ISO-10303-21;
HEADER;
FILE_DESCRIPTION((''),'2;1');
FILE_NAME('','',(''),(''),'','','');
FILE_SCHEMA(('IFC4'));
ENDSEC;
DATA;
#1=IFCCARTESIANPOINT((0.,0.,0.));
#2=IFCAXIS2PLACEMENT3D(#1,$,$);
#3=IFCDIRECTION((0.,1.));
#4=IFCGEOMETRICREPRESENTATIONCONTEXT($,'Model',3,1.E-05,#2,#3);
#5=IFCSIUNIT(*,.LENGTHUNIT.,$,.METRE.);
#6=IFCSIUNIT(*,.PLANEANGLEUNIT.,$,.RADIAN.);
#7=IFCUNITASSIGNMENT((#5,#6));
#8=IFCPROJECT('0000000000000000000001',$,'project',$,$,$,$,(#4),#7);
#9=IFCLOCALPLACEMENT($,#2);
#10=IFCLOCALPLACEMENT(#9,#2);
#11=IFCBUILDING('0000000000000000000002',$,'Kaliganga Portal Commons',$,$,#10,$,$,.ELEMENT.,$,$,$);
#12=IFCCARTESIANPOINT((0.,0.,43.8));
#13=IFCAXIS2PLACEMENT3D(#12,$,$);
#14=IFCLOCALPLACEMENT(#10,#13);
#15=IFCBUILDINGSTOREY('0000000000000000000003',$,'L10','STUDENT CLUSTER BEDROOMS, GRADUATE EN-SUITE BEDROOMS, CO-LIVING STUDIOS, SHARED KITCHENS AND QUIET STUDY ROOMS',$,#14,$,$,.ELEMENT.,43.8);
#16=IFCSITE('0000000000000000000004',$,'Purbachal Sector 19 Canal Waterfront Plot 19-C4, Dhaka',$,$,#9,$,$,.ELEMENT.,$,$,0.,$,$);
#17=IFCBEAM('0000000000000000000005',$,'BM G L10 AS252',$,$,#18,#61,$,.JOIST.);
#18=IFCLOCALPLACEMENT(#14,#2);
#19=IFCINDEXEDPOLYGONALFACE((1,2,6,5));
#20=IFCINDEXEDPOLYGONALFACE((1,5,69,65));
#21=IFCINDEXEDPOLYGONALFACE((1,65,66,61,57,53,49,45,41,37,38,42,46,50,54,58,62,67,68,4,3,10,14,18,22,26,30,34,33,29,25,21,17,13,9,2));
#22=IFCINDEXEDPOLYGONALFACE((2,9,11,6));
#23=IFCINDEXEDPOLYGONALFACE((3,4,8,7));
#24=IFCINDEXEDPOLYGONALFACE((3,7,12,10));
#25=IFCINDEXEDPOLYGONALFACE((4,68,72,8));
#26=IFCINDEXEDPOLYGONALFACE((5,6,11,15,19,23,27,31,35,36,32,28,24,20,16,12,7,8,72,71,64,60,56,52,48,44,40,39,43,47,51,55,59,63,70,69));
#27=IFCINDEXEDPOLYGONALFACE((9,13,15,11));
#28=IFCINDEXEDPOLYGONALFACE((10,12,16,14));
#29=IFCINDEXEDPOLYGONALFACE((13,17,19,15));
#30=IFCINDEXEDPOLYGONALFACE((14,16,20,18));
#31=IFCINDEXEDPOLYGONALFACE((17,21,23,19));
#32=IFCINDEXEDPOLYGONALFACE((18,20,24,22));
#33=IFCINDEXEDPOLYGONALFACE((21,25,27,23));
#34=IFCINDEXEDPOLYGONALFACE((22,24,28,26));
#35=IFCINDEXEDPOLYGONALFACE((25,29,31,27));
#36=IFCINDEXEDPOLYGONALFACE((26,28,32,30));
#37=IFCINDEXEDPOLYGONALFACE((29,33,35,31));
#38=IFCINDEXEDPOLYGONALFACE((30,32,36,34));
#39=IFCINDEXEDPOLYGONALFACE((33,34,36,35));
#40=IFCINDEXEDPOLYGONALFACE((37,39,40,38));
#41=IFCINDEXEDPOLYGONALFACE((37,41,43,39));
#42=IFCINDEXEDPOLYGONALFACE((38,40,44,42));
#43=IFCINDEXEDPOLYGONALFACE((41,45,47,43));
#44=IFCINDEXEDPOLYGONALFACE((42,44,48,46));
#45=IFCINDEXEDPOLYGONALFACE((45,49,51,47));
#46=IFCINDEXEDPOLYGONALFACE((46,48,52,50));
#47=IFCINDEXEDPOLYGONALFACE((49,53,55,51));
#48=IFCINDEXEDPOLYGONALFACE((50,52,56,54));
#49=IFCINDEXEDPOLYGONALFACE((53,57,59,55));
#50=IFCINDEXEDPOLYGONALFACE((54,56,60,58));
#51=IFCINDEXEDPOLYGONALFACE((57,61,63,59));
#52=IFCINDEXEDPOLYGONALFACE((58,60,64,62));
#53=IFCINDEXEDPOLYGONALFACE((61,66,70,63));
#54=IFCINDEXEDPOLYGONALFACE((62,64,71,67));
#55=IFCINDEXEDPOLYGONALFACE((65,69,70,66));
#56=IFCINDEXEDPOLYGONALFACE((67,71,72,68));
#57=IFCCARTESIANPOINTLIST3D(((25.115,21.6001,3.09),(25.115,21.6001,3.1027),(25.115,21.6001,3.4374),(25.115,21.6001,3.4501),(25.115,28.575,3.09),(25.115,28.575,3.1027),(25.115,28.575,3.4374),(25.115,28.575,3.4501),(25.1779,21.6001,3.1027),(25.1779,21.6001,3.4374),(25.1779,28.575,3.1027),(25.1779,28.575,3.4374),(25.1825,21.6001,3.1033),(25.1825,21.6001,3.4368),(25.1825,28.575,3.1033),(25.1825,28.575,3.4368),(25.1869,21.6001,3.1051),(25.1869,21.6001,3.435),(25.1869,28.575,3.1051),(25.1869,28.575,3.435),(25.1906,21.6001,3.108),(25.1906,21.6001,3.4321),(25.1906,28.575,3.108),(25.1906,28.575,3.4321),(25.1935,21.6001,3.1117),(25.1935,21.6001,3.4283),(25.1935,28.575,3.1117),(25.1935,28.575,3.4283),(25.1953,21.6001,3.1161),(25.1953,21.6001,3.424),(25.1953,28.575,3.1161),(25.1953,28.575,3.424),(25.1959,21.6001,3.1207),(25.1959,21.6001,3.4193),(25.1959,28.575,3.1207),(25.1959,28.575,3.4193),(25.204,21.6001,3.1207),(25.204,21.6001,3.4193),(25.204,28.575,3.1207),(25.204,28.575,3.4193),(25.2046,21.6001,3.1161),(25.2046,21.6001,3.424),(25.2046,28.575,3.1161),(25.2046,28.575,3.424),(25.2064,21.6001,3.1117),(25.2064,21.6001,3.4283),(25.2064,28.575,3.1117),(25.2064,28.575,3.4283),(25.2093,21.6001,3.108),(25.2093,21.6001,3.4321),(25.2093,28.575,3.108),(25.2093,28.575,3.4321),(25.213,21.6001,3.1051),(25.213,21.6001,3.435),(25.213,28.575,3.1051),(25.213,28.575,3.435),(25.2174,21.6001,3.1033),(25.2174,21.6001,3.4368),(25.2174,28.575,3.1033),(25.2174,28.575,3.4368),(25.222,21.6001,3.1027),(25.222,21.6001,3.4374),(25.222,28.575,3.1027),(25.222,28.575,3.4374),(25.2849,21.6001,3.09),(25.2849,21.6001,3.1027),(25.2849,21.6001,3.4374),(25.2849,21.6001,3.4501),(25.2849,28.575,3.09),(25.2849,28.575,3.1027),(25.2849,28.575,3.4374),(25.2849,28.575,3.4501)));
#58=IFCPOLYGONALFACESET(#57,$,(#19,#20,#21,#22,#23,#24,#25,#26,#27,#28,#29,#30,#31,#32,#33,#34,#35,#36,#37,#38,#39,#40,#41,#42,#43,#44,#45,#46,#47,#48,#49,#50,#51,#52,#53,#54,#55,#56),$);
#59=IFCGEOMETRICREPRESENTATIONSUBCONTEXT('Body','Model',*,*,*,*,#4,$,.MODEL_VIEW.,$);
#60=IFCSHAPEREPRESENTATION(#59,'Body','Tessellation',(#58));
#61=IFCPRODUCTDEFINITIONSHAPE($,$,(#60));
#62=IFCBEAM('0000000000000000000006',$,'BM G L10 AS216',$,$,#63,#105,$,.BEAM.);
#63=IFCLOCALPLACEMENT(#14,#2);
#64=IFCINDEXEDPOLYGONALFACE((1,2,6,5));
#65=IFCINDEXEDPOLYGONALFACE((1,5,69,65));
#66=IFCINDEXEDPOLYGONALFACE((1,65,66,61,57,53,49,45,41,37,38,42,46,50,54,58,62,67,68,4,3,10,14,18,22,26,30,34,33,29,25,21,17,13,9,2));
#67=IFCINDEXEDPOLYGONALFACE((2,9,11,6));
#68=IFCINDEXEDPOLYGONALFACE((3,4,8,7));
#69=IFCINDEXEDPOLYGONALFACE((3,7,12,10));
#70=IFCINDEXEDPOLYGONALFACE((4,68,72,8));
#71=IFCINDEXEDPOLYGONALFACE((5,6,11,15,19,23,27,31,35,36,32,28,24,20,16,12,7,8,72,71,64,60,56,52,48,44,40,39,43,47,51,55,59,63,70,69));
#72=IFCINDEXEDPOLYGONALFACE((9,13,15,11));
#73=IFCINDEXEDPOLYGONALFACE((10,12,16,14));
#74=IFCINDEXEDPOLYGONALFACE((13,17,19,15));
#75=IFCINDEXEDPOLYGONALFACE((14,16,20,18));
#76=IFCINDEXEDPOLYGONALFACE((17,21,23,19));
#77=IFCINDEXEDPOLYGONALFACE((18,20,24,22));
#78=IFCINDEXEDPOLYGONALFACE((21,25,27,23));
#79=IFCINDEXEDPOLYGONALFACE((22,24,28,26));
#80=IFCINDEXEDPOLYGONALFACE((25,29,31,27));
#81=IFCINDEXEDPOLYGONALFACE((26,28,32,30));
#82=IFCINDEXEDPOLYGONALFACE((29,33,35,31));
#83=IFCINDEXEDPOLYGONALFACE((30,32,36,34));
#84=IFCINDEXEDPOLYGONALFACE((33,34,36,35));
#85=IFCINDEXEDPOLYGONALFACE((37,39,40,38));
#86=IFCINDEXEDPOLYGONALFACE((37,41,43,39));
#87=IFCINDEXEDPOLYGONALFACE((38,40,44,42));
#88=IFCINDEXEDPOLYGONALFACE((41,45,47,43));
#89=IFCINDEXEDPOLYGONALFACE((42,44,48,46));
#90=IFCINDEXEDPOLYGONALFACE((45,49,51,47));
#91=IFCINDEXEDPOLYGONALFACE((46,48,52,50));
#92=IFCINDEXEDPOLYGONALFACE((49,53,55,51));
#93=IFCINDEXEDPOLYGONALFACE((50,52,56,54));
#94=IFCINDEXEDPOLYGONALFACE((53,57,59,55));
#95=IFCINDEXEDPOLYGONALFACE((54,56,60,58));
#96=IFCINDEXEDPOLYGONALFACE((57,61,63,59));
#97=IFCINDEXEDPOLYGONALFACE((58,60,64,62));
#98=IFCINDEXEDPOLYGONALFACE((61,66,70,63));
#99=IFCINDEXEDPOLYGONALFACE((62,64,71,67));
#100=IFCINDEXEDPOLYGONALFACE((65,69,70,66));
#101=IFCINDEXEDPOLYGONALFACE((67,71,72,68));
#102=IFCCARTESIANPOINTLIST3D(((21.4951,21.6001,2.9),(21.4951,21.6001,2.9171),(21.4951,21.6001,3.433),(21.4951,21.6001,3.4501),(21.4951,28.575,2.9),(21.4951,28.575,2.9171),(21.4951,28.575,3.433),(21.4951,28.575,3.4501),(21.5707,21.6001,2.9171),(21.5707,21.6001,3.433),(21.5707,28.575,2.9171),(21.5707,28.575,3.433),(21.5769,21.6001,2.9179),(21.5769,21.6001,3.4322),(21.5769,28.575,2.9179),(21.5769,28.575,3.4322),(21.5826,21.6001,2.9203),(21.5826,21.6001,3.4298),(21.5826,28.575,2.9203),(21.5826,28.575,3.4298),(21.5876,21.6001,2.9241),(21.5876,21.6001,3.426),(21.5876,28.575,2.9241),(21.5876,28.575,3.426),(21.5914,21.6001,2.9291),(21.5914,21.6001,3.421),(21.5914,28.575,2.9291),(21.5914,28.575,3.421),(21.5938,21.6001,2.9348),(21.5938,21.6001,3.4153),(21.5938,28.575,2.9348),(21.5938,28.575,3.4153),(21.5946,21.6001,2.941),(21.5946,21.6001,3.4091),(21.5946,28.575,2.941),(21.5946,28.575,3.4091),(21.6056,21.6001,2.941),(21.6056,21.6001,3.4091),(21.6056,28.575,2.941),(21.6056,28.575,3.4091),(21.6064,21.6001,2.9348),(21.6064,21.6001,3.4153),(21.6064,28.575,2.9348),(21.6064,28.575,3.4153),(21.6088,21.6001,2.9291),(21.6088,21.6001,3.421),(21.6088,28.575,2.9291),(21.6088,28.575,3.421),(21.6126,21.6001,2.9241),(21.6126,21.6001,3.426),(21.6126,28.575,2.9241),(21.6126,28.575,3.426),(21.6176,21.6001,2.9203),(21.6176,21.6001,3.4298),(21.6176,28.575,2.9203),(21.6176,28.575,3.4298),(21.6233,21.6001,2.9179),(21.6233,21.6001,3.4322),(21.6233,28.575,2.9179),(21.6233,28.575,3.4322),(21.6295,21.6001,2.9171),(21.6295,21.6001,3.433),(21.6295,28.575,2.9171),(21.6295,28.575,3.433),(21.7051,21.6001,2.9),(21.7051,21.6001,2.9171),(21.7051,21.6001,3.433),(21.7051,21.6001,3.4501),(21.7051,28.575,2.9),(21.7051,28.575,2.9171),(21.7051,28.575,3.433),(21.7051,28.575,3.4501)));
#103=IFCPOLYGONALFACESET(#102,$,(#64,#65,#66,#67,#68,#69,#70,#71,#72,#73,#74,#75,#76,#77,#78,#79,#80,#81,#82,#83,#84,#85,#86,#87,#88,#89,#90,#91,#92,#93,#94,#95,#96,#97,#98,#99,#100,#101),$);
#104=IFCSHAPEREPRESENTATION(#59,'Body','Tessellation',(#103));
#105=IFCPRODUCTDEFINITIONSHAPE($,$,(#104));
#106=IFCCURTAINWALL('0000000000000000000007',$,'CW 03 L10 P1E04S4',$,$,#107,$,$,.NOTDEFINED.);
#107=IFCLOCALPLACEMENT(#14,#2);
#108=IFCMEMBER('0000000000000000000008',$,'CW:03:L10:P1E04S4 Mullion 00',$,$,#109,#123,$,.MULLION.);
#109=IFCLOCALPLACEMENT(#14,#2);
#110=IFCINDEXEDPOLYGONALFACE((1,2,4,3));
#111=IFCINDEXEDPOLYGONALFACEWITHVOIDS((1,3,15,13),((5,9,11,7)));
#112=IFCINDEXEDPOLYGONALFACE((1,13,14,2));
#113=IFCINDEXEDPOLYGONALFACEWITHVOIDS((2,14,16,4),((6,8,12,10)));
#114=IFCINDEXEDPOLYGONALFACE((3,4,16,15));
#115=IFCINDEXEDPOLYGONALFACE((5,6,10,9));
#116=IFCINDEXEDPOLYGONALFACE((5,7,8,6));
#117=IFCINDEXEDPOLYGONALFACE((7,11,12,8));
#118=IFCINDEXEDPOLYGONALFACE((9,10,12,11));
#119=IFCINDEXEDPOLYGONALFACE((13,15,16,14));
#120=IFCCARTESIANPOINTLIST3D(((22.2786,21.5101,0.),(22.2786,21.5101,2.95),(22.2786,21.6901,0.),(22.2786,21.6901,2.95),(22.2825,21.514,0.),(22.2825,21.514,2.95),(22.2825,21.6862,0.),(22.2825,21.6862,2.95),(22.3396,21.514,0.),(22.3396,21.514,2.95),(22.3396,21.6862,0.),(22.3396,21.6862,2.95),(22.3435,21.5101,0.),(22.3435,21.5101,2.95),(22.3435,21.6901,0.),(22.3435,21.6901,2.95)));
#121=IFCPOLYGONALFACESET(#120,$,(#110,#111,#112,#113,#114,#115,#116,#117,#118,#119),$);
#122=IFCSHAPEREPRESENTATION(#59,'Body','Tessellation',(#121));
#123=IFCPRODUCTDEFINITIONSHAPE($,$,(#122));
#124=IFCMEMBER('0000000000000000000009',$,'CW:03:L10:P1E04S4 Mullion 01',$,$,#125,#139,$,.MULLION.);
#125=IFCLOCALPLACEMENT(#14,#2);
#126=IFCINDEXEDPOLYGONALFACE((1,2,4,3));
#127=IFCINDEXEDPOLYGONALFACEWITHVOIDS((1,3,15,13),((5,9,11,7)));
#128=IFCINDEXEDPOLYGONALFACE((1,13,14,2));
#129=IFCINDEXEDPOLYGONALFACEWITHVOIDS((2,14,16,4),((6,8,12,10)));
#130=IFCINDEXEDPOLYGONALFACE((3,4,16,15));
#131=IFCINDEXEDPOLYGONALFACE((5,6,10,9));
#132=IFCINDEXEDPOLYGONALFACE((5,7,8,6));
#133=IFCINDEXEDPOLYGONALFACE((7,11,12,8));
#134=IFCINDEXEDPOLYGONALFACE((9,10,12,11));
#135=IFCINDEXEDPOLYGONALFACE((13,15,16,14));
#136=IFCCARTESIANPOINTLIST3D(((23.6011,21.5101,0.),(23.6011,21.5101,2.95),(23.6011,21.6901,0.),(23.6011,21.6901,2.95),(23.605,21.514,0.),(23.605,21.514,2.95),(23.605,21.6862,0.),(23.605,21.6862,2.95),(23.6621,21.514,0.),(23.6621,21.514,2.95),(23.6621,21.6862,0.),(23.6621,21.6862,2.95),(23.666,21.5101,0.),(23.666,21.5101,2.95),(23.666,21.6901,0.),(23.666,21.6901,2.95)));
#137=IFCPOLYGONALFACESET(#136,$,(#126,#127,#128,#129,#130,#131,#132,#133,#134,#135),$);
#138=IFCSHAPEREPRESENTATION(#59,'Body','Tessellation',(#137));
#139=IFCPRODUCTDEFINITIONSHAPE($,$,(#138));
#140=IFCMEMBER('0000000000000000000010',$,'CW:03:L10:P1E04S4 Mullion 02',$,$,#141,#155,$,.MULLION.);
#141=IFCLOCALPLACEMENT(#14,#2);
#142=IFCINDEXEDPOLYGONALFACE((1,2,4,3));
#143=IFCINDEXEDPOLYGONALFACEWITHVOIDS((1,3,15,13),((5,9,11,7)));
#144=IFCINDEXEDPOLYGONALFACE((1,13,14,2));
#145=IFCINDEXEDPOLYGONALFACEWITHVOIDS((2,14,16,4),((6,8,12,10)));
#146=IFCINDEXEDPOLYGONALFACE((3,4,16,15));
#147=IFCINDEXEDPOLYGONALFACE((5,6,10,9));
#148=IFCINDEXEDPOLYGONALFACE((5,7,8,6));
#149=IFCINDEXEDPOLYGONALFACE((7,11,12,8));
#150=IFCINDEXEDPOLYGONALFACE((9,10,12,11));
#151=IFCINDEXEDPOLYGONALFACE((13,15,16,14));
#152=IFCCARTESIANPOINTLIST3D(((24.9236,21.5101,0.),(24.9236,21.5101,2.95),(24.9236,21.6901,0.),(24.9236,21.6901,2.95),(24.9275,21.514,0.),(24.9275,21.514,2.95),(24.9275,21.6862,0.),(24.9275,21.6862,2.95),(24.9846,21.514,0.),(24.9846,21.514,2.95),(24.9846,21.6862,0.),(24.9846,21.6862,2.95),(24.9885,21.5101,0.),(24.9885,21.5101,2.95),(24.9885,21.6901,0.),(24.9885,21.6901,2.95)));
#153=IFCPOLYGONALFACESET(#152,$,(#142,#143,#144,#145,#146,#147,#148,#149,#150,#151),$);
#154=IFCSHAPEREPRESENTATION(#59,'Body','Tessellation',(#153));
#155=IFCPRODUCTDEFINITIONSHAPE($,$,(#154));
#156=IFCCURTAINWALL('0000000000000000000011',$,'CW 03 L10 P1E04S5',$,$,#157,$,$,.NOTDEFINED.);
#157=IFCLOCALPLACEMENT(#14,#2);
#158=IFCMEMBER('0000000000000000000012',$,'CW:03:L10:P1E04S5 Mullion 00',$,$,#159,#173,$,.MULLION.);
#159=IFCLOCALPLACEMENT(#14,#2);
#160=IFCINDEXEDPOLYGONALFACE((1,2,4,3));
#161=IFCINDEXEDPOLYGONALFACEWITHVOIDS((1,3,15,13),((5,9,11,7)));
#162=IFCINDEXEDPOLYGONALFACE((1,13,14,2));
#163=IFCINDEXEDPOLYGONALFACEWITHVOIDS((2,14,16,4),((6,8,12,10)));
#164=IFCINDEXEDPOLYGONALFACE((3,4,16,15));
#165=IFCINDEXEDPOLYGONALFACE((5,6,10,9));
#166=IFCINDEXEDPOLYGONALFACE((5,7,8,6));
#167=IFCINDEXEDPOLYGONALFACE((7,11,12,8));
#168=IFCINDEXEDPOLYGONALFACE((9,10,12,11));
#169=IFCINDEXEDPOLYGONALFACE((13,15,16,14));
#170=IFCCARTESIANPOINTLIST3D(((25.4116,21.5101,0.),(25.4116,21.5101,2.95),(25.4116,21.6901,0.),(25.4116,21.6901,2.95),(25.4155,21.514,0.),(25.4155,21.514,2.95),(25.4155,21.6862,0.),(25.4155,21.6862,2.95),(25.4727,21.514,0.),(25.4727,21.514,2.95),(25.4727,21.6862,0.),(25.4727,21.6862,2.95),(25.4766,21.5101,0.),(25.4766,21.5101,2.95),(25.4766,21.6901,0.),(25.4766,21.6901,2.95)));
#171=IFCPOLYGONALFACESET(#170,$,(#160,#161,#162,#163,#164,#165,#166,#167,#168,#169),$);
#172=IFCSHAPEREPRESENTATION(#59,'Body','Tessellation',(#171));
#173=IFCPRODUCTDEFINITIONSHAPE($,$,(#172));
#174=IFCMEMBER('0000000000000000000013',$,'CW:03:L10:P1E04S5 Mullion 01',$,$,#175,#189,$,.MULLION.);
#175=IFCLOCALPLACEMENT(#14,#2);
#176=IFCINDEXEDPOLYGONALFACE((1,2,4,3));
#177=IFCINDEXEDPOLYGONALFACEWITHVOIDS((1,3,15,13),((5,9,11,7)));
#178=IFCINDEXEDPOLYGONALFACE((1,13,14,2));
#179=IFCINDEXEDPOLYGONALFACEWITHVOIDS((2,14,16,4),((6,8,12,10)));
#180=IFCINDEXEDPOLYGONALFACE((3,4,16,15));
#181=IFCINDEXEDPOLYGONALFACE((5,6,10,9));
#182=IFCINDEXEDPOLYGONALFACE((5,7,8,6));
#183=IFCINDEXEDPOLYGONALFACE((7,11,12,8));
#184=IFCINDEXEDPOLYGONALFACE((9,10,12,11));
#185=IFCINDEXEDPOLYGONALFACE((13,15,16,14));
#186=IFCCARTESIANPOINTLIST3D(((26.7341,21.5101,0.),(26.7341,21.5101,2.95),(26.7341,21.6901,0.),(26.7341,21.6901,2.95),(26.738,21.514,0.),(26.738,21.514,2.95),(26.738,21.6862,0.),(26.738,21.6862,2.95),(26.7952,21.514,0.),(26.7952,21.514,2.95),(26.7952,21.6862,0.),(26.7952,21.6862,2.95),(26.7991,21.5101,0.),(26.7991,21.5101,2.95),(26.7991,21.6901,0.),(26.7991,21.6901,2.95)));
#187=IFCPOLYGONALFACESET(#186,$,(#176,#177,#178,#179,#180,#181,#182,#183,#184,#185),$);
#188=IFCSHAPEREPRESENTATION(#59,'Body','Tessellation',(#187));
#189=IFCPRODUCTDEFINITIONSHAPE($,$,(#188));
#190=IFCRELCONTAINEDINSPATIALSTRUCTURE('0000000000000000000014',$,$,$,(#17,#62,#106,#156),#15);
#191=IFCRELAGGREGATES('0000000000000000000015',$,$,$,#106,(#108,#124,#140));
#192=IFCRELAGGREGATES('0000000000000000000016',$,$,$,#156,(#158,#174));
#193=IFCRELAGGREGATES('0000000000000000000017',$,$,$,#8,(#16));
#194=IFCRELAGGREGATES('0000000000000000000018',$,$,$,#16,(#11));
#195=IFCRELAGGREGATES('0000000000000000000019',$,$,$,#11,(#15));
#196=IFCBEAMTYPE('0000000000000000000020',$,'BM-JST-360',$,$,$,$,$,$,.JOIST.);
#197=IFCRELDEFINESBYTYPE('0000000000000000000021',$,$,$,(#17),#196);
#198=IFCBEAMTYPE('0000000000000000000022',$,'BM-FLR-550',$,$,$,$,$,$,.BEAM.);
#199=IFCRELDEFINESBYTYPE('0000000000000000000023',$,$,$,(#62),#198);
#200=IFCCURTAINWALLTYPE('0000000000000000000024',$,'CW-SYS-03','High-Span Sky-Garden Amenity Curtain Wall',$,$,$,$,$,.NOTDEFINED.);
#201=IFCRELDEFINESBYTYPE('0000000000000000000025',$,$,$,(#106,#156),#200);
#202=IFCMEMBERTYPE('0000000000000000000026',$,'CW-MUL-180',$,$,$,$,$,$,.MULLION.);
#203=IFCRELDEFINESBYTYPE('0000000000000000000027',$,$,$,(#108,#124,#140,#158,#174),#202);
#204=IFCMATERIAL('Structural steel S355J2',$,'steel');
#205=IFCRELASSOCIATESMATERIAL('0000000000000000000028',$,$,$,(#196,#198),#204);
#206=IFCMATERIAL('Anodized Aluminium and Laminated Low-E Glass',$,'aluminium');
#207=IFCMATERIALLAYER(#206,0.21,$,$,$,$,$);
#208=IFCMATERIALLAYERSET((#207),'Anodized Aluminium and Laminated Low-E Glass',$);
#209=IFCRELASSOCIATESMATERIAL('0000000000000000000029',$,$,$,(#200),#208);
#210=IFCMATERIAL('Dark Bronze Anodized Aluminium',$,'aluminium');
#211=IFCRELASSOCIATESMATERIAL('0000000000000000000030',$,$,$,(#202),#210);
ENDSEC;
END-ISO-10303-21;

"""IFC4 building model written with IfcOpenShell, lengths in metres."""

from ifc_helpers import new_model, si_unit, direction, frame, origin, origin_2d, place, context, subcontext, project, spatial, hollow_rectangle, i_section, extrude, source, transform, mapped, material, layer, layer_set, material_profile, profile_set, type_object, element, aggregate, save


model = new_model("IFC4")

# Units and contexts
model_context = context("Model", 3, precision=1e-05, world=origin(), true_north=direction((0.0, 1.0)))
body_context = subcontext(model_context, "Body", "Model", "MODEL_VIEW")
ifc_project = project(units=[si_unit("LENGTHUNIT", "METRE"), si_unit("PLANEANGLEUNIT", "RADIAN")], contexts=[model_context])

# Site, building, storey
site_placement = place(None, origin())
site = spatial("IfcSite", under=ifc_project, at=site_placement, Name="Purbachal Sector 19 Canal Waterfront Plot 19-C4, Dhaka", CompositionType="ELEMENT", RefElevation=0.0)
building_placement = place(site_placement, origin())
building = spatial("IfcBuilding", under=site, at=building_placement, Name="Kaliganga Portal Commons", CompositionType="ELEMENT")
storey_placement = place(building_placement, frame((0.0, 0.0, 43.8)))
storey = spatial("IfcBuildingStorey", under=building, at=storey_placement, Name="L10", Description="STUDENT CLUSTER BEDROOMS, GRADUATE EN-SUITE BEDROOMS, CO-LIVING STUDIOS, SHARED KITCHENS AND QUIET STUDY ROOMS", CompositionType="ELEMENT", Elevation=43.8)

# Beams
ifc_material_1 = material(Name="Structural steel S355J2", Category="steel")
ifc_material_profile_1 = material_profile(ifc_material_1, i_section(OverallWidth=0.1699, OverallDepth=0.3601, WebThickness=0.0081, FlangeThickness=0.0127, FilletRadius=0.0181, at=origin_2d()), Name="IPE 360")
ifc_profile_set_1 = profile_set([ifc_material_profile_1], Name="Structural steel S355J2 wide-flange")
beam_type_1 = type_object("IfcBeamType", Name="BM-JST-360", PredefinedType="JOIST", material=ifc_profile_set_1)
shared_shape_1 = source(origin(), body_context, "Body", "SweptSolid", [
    extrude(i_section(OverallWidth=0.1699, OverallDepth=0.3601, WebThickness=0.0081, FlangeThickness=0.0127, FilletRadius=0.0181, at=origin_2d()), origin(), (0.0, 0.0, 1.0), 6.9749),
])
beam_1_placement = place(storey_placement, frame((25.2, 21.6001, 3.27), z_axis=(0.0, 1.0, 0.0), x_axis=(-1.0, 0.0, 0.0)))
element("IfcBeam", 1, at=beam_1_placement, inside=storey, type_object=beam_type_1, Name="BM G L10 AS252", PredefinedType="JOIST", context=body_context, shape_type="MappedRepresentation", body=[
    mapped(shared_shape_1, transform((0.0, 0.0, 0.0), x_axis=(1.0, 0.0, 0.0), y_axis=(0.0, 1.0, 0.0), z_axis=(0.0, 0.0, 1.0), scale=1.0)),
])
ifc_material_profile_2 = material_profile(ifc_material_1, i_section(OverallWidth=0.21, OverallDepth=0.55, WebThickness=0.011, FlangeThickness=0.0171, FilletRadius=0.0239, at=origin_2d()), Name="IPE 550")
ifc_profile_set_2 = profile_set([ifc_material_profile_2], Name="Structural steel S355J2 wide-flange")
beam_type_2 = type_object("IfcBeamType", Name="BM-FLR-550", PredefinedType="BEAM", material=ifc_profile_set_2)
shared_shape_2 = source(origin(), body_context, "Body", "SweptSolid", [
    extrude(i_section(OverallWidth=0.21, OverallDepth=0.55, WebThickness=0.011, FlangeThickness=0.0171, FilletRadius=0.0239, at=origin_2d()), origin(), (0.0, 0.0, 1.0), 6.9749),
])
beam_2_placement = place(storey_placement, frame((21.6001, 21.6001, 3.175), z_axis=(0.0, 1.0, 0.0), x_axis=(-1.0, 0.0, 0.0)))
element("IfcBeam", 2, at=beam_2_placement, inside=storey, type_object=beam_type_2, Name="BM G L10 AS216", PredefinedType="BEAM", context=body_context, shape_type="MappedRepresentation", body=[
    mapped(shared_shape_2, transform((0.0, 0.0, 0.0), x_axis=(1.0, 0.0, 0.0), y_axis=(0.0, 1.0, 0.0), z_axis=(0.0, 0.0, 1.0), scale=1.0)),
])

# Curtain walls, members
ifc_material_2 = material(Name="Anodized Aluminium and Laminated Low-E Glass", Category="aluminium")
ifc_layer_1 = layer(ifc_material_2, 0.21)
ifc_layer_set_1 = layer_set([ifc_layer_1], Name="Anodized Aluminium and Laminated Low-E Glass")
curtain_wall_type = type_object("IfcCurtainWallType", Name="CW-SYS-03", Description="High-Span Sky-Garden Amenity Curtain Wall", PredefinedType="NOTDEFINED", material=ifc_layer_set_1)
curtain_wall_1_placement = place(storey_placement, origin())
curtain_wall_1 = element("IfcCurtainWall", 3, at=curtain_wall_1_placement, inside=storey, type_object=curtain_wall_type, Name="CW 03 L10 P1E04S4", PredefinedType="NOTDEFINED")
ifc_material_3 = material(Name="Dark Bronze Anodized Aluminium", Category="aluminium")
ifc_material_profile_3 = material_profile(ifc_material_3, hollow_rectangle(XDim=0.0649, YDim=0.1799, WallThickness=0.0039, at=origin_2d()), Name="ALU MULL 65x180x4")
ifc_profile_set_3 = profile_set([ifc_material_profile_3], Name="Dark Bronze Anodized Aluminium")
member_type_1 = type_object("IfcMemberType", Name="CW-MUL-180", PredefinedType="MULLION", material=ifc_profile_set_3)
shared_shape_3 = source(origin(), body_context, "Body", "SweptSolid", [
    extrude(hollow_rectangle(XDim=0.0649, YDim=0.1799, WallThickness=0.0039, at=origin_2d()), origin(), (0.0, 0.0, 1.0), 2.95),
])
member_1_placement = place(storey_placement, frame((22.311, 21.6001, 0.0), z_axis=(0.0, 0.0, 1.0), x_axis=(1.0, 0.0, 0.0)))
member_1 = element("IfcMember", 4, at=member_1_placement, type_object=member_type_1, Name="CW:03:L10:P1E04S4 Mullion 00", PredefinedType="MULLION", context=body_context, shape_type="MappedRepresentation", body=[
    mapped(shared_shape_3, transform((0.0, 0.0, 0.0), x_axis=(1.0, 0.0, 0.0), y_axis=(0.0, 1.0, 0.0), z_axis=(0.0, 0.0, 1.0), scale=1.0)),
])
member_2_placement = place(storey_placement, frame((23.6335, 21.6001, 0.0), z_axis=(0.0, 0.0, 1.0), x_axis=(1.0, 0.0, 0.0)))
member_2 = element("IfcMember", 5, at=member_2_placement, type_object=member_type_1, Name="CW:03:L10:P1E04S4 Mullion 01", PredefinedType="MULLION", context=body_context, shape_type="MappedRepresentation", body=[
    mapped(shared_shape_3, transform((0.0, 0.0, 0.0), x_axis=(1.0, 0.0, 0.0), y_axis=(0.0, 1.0, 0.0), z_axis=(0.0, 0.0, 1.0), scale=1.0)),
])
member_3_placement = place(storey_placement, frame((24.9561, 21.6001, 0.0), z_axis=(0.0, 0.0, 1.0), x_axis=(1.0, 0.0, 0.0)))
member_3 = element("IfcMember", 6, at=member_3_placement, type_object=member_type_1, Name="CW:03:L10:P1E04S4 Mullion 02", PredefinedType="MULLION", context=body_context, shape_type="MappedRepresentation", body=[
    mapped(shared_shape_3, transform((0.0, 0.0, 0.0), x_axis=(1.0, 0.0, 0.0), y_axis=(0.0, 1.0, 0.0), z_axis=(0.0, 0.0, 1.0), scale=1.0)),
])
curtain_wall_2_placement = place(storey_placement, origin())
curtain_wall_2 = element("IfcCurtainWall", 7, at=curtain_wall_2_placement, inside=storey, type_object=curtain_wall_type, Name="CW 03 L10 P1E04S5", PredefinedType="NOTDEFINED")
member_4_placement = place(storey_placement, frame((25.4441, 21.6001, 0.0), z_axis=(0.0, 0.0, 1.0), x_axis=(1.0, 0.0, 0.0)))
member_4 = element("IfcMember", 8, at=member_4_placement, type_object=member_type_1, Name="CW:03:L10:P1E04S5 Mullion 00", PredefinedType="MULLION", context=body_context, shape_type="MappedRepresentation", body=[
    mapped(shared_shape_3, transform((0.0, 0.0, 0.0), x_axis=(1.0, 0.0, 0.0), y_axis=(0.0, 1.0, 0.0), z_axis=(0.0, 0.0, 1.0), scale=1.0)),
])
member_5_placement = place(storey_placement, frame((26.7666, 21.6001, 0.0), z_axis=(0.0, 0.0, 1.0), x_axis=(1.0, 0.0, 0.0)))
member_5 = element("IfcMember", 9, at=member_5_placement, type_object=member_type_1, Name="CW:03:L10:P1E04S5 Mullion 01", PredefinedType="MULLION", context=body_context, shape_type="MappedRepresentation", body=[
    mapped(shared_shape_3, transform((0.0, 0.0, 0.0), x_axis=(1.0, 0.0, 0.0), y_axis=(0.0, 1.0, 0.0), z_axis=(0.0, 0.0, 1.0), scale=1.0)),
])

aggregate(curtain_wall_1, [member_1, member_2, member_3])
aggregate(curtain_wall_2, [member_4, member_5])

save(model, "model.ifc")
